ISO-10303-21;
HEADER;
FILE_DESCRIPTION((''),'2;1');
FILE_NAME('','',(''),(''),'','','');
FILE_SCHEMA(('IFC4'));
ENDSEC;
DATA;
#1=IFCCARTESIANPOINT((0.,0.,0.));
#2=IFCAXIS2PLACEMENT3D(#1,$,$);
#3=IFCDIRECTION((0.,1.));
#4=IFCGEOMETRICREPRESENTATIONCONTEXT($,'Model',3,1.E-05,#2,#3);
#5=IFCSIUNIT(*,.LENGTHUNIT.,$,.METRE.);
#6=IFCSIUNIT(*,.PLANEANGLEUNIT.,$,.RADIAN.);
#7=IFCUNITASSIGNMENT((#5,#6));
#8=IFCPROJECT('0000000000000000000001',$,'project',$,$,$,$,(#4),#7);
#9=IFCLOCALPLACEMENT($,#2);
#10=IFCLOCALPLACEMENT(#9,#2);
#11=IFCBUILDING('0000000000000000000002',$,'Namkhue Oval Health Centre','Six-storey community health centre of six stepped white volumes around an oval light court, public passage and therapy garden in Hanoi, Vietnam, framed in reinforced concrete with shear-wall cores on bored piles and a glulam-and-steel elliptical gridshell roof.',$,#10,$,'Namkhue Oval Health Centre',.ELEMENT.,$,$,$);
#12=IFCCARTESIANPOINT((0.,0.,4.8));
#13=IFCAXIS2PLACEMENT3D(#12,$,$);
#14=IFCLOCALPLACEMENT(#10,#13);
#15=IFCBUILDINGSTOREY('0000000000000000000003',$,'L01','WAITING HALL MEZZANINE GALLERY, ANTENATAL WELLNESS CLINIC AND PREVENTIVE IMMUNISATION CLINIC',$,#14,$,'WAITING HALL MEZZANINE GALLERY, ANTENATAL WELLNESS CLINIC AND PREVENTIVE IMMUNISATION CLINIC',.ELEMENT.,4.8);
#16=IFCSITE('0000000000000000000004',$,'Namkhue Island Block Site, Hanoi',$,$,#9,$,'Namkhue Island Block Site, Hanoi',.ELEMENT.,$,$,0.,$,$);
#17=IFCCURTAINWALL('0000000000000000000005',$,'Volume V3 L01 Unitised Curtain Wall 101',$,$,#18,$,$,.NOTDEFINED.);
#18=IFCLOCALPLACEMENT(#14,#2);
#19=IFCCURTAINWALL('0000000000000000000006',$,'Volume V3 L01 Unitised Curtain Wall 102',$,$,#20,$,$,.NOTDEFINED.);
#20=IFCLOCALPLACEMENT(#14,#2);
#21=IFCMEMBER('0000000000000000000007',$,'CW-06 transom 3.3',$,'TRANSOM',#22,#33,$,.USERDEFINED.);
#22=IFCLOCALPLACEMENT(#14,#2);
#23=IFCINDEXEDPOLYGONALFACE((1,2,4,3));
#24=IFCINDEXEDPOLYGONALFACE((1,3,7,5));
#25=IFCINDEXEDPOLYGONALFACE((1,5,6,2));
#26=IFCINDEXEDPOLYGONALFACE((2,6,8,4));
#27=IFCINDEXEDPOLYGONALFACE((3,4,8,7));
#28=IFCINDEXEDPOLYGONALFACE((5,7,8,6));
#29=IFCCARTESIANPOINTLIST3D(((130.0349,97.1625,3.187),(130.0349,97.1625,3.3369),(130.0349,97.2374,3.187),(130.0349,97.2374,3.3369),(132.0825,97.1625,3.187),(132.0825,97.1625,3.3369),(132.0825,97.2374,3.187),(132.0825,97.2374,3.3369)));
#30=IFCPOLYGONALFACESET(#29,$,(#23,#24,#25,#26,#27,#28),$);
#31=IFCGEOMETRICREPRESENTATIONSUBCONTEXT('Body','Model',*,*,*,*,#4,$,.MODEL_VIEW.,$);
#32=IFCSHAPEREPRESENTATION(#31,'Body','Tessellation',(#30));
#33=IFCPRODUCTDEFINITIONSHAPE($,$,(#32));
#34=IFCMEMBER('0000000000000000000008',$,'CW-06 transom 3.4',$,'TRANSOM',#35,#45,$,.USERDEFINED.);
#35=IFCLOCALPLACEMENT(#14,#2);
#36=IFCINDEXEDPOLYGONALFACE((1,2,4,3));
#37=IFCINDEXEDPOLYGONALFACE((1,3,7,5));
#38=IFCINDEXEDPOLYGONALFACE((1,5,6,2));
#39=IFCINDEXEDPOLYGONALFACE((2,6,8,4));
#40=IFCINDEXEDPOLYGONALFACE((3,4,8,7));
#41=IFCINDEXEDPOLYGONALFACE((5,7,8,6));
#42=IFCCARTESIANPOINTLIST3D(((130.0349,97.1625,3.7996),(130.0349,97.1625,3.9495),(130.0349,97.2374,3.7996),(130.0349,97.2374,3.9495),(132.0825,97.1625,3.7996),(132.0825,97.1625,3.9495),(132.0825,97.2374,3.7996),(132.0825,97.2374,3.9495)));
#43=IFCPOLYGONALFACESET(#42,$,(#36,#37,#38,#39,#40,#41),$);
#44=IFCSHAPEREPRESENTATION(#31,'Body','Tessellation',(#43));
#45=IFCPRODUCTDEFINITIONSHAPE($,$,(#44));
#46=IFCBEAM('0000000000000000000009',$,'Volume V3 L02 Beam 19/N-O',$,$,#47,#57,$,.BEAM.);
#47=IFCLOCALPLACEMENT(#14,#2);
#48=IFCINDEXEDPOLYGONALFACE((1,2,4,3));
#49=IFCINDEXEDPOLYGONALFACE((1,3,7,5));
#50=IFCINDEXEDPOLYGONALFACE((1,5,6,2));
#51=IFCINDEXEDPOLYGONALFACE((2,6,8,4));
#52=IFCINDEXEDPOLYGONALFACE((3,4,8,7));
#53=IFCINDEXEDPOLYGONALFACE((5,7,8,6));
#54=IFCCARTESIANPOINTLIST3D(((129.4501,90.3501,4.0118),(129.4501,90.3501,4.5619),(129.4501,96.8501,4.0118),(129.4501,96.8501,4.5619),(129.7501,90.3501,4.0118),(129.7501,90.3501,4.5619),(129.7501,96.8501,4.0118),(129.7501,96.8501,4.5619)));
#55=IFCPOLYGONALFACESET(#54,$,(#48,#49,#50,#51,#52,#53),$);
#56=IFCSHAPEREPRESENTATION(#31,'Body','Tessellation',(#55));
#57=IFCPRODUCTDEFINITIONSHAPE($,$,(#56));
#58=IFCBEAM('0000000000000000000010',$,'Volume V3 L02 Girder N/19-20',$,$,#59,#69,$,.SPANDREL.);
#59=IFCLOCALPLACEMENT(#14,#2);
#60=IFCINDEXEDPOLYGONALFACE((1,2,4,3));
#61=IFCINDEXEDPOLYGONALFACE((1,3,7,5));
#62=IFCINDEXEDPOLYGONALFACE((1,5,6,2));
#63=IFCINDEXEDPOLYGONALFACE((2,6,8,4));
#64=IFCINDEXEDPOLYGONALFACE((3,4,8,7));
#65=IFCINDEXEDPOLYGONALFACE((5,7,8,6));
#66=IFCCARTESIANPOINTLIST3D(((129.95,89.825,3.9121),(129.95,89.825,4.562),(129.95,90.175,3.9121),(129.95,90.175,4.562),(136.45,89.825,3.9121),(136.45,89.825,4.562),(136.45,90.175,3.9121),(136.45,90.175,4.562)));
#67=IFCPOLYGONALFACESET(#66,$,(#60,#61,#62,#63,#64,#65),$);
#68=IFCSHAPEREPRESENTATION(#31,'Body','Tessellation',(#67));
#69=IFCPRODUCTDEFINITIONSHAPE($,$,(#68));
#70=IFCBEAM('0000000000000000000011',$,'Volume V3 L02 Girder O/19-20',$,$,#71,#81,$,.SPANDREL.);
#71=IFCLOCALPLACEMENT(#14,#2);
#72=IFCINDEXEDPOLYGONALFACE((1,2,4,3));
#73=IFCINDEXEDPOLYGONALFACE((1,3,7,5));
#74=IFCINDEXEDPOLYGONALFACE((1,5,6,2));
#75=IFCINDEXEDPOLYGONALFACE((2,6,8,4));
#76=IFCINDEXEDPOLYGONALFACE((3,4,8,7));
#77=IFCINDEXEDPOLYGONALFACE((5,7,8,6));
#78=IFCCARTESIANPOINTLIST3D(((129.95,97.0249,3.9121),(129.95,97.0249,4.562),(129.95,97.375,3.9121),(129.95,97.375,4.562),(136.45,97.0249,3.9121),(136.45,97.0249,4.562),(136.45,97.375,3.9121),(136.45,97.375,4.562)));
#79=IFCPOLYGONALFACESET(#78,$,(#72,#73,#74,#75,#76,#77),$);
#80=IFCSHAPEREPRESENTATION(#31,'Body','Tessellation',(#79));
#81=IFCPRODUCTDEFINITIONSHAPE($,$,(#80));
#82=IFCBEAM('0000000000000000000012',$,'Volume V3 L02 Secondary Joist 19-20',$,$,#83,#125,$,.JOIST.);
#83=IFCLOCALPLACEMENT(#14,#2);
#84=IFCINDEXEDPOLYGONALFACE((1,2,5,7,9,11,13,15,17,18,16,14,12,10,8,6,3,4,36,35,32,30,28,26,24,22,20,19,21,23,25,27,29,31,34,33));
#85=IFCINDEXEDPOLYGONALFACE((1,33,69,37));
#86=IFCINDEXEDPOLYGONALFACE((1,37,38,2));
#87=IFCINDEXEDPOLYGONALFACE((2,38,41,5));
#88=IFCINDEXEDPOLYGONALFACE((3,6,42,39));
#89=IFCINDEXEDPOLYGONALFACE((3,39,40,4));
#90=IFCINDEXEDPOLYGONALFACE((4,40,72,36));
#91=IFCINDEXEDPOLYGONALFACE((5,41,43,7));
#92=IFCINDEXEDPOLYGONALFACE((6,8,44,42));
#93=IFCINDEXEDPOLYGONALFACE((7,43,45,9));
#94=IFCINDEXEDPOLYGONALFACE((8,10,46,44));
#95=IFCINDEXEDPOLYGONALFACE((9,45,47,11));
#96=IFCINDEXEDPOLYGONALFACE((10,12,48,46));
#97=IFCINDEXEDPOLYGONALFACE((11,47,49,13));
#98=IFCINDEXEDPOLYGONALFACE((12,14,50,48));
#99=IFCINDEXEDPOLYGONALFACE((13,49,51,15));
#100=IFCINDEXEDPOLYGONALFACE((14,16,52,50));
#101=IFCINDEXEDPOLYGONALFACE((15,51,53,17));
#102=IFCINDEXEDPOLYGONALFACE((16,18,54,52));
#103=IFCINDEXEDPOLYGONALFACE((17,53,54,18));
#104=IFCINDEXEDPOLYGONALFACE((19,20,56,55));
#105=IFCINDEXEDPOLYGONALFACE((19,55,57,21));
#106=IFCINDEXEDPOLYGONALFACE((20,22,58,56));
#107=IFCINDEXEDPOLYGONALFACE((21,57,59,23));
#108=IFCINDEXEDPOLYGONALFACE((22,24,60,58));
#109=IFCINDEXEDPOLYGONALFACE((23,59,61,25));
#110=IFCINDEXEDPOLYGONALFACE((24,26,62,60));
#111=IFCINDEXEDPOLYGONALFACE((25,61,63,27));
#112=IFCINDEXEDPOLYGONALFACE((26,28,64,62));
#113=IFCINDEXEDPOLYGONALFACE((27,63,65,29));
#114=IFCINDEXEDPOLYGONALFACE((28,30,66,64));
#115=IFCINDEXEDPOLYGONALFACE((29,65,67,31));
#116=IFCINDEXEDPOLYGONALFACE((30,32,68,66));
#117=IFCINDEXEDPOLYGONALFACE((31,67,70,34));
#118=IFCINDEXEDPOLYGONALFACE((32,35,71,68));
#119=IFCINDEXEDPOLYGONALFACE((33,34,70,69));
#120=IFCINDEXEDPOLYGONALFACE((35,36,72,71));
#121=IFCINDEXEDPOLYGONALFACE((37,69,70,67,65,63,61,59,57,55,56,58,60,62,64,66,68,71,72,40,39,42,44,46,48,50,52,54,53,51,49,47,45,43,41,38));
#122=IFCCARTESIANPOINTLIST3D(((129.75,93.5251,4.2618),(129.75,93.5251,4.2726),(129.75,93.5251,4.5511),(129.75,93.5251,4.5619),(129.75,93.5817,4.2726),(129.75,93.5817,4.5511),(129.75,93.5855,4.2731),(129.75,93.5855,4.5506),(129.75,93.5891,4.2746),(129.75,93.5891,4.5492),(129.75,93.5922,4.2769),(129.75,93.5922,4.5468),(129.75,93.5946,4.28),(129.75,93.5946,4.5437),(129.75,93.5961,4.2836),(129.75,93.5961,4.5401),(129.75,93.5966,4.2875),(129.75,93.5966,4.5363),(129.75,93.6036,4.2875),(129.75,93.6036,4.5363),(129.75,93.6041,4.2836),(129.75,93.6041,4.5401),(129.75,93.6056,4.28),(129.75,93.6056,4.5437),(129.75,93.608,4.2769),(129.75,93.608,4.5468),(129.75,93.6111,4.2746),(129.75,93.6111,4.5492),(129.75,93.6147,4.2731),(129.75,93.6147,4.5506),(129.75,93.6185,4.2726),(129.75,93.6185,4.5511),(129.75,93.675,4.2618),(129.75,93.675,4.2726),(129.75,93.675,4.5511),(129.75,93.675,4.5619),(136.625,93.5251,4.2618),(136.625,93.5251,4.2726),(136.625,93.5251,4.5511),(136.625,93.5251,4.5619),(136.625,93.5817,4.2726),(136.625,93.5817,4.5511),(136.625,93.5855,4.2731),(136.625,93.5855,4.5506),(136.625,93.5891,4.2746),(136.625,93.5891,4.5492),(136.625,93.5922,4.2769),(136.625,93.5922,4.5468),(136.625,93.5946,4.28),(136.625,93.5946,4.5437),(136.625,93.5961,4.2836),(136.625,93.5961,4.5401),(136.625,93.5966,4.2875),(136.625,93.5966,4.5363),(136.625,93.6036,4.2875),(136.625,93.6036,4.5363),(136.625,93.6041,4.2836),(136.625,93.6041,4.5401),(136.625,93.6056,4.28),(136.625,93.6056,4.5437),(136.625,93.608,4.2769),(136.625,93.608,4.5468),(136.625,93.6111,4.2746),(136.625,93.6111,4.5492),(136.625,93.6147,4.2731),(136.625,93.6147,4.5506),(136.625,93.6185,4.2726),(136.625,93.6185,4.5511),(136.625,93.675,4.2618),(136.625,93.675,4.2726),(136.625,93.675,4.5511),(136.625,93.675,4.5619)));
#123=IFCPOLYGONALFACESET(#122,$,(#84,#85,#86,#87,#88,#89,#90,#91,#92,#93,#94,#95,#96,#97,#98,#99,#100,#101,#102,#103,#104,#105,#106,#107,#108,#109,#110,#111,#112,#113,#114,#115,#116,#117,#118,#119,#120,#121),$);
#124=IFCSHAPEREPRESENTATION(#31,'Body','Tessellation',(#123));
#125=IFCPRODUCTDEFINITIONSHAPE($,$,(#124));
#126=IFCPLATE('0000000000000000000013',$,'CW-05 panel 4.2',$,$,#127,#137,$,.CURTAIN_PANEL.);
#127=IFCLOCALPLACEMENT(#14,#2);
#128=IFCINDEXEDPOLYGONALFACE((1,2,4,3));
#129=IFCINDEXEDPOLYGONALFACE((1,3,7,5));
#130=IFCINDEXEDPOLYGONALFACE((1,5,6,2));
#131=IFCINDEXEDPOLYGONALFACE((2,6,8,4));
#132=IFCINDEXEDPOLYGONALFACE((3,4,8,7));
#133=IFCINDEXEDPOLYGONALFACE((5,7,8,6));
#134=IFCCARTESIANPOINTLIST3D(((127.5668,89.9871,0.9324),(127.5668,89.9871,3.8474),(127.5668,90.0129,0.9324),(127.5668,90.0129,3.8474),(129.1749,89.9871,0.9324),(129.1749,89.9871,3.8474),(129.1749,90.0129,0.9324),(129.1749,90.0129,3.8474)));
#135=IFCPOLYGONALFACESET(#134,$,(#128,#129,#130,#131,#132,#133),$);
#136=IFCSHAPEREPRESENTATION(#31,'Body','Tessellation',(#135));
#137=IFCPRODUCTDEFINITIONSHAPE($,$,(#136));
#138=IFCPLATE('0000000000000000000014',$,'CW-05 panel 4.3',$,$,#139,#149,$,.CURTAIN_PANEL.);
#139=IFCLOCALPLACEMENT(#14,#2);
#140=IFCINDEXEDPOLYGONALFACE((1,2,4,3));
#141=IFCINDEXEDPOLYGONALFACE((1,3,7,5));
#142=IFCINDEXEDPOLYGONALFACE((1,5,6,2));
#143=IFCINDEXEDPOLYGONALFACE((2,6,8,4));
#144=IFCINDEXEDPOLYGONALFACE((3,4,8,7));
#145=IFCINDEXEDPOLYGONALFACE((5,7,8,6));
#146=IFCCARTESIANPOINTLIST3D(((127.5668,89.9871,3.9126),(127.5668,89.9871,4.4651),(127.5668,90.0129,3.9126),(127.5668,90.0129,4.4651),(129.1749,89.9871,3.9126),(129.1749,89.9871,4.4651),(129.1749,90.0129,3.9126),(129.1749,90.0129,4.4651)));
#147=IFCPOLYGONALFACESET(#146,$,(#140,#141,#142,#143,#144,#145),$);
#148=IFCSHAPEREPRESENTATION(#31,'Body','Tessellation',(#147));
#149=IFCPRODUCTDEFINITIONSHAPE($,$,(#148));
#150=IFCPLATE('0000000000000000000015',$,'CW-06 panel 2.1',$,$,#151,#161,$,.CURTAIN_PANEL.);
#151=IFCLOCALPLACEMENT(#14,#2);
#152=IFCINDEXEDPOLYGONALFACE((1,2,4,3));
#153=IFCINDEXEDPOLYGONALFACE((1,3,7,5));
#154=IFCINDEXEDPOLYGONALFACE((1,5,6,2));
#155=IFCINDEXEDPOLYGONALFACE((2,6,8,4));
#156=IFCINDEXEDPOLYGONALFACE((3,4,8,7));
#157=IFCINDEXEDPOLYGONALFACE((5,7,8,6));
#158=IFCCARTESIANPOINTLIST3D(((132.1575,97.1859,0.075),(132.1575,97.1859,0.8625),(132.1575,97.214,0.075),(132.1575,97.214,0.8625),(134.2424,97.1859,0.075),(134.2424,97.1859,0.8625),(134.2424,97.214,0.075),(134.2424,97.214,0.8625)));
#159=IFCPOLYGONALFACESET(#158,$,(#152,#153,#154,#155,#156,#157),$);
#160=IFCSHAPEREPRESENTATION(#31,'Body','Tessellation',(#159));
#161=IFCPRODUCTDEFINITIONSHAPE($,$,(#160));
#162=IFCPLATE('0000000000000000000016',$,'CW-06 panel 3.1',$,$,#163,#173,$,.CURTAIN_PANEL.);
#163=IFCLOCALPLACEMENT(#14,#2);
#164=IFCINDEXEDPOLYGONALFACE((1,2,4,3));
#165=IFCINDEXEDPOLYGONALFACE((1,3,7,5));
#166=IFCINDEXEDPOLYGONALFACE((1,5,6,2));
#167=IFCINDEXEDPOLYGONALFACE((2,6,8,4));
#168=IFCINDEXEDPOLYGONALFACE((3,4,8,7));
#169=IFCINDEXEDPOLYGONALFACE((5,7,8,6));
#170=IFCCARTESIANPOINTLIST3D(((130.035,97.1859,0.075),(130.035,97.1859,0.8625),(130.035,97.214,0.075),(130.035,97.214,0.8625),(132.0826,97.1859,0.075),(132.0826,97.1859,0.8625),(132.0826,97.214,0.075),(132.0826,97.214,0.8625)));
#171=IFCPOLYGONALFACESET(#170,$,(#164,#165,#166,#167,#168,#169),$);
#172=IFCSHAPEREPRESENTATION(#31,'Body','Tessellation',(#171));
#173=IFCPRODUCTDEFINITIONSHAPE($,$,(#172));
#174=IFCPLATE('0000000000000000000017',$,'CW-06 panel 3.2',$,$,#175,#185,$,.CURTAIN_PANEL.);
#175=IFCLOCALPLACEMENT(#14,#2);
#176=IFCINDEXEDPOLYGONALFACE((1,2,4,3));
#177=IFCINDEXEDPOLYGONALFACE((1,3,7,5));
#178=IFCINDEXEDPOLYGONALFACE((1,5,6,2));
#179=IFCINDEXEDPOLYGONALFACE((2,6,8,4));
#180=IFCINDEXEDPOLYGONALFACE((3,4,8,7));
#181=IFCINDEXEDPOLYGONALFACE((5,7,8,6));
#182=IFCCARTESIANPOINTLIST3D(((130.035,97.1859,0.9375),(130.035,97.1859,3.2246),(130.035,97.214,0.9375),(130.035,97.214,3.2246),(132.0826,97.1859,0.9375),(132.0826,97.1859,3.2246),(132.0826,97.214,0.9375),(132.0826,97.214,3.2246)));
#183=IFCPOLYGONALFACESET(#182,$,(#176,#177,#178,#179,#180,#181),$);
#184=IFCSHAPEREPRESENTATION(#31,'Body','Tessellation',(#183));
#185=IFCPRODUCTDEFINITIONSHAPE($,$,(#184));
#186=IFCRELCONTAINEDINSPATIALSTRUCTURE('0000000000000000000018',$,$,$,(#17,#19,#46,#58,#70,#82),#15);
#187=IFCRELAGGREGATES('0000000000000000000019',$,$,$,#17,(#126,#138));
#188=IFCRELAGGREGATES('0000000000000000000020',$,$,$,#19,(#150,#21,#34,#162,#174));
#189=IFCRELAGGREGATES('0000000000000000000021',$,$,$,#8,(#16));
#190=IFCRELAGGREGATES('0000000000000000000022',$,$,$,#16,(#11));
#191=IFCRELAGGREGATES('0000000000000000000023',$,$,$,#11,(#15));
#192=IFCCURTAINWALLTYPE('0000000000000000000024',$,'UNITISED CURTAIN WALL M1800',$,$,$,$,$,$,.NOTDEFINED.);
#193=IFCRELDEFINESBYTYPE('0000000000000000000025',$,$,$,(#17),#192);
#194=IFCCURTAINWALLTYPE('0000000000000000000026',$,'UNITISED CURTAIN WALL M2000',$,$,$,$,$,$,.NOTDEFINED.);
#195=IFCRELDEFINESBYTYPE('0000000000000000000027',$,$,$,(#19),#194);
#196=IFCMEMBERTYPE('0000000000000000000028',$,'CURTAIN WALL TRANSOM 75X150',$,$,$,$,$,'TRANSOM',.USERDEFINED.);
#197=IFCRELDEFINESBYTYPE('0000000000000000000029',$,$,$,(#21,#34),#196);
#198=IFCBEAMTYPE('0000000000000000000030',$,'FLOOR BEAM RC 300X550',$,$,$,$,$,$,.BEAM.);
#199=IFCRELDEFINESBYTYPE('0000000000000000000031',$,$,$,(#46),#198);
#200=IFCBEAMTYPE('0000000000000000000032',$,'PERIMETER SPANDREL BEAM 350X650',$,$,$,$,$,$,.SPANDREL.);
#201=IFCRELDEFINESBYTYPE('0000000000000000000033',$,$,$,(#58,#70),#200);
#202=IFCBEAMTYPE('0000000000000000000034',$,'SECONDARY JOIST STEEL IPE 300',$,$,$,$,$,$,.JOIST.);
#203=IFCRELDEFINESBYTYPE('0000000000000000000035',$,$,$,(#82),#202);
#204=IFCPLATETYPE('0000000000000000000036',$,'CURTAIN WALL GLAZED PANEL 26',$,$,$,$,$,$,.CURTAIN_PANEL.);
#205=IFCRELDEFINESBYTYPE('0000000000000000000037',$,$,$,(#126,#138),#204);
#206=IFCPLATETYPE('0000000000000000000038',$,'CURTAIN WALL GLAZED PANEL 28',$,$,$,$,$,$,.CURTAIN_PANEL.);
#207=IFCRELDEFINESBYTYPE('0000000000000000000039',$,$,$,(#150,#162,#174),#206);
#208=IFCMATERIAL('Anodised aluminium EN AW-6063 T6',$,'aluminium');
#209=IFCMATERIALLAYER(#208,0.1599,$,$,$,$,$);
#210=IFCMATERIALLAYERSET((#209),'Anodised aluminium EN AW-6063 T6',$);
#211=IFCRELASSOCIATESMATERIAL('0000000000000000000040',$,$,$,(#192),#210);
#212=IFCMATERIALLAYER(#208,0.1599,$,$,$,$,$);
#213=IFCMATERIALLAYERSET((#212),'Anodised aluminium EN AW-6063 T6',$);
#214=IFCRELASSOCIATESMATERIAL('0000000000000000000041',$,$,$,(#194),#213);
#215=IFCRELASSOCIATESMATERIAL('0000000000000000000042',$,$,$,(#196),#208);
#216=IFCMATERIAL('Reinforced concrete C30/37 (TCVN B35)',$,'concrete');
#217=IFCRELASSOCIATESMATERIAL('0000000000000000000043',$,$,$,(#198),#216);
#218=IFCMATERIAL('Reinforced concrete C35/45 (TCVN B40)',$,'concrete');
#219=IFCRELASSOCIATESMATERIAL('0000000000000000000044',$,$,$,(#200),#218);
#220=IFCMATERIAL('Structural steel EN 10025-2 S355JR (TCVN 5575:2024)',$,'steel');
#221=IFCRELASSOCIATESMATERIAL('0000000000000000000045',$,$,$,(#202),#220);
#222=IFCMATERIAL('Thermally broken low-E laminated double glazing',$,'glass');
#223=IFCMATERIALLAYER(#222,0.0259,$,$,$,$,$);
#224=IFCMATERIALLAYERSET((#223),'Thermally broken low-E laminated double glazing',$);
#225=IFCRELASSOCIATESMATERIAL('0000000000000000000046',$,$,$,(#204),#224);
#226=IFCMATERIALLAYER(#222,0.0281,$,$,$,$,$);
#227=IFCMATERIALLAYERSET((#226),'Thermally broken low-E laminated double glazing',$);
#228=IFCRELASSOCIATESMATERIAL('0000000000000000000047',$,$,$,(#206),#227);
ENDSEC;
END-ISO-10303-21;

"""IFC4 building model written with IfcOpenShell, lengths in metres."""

from ifc_helpers import new_model, si_unit, direction, frame, origin, origin_2d, place, context, subcontext, project, spatial, rectangle, i_section, extrude, material, layer, layer_set, material_profile, profile_set, type_object, element, aggregate, save


model = new_model("IFC4")

# Units and contexts
model_context = context("Model", 3, precision=1e-05, world=origin(), true_north=direction((0.0, 1.0)))
body_context = subcontext(model_context, "Body", "Model", "MODEL_VIEW")
ifc_project = project(units=[si_unit("LENGTHUNIT", "METRE"), si_unit("PLANEANGLEUNIT", "RADIAN")], contexts=[model_context])

# Site, building, storey
site_placement = place(None, origin())
site = spatial("IfcSite", under=ifc_project, at=site_placement, Name="Namkhue Island Block Site, Hanoi", LongName="Namkhue Island Block Site, Hanoi", CompositionType="ELEMENT", RefElevation=0.0)
building_placement = place(site_placement, origin())
building = spatial("IfcBuilding", under=site, at=building_placement, Name="Namkhue Oval Health Centre", Description="Six-storey community health centre of six stepped white volumes around an oval light court, public passage and therapy garden in Hanoi, Vietnam, framed in reinforced concrete with shear-wall cores on bored piles and a glulam-and-steel elliptical gridshell roof.", LongName="Namkhue Oval Health Centre", CompositionType="ELEMENT")
storey_placement = place(building_placement, frame((0.0, 0.0, 4.8)))
storey = spatial("IfcBuildingStorey", under=building, at=storey_placement, Name="L01", Description="WAITING HALL MEZZANINE GALLERY, ANTENATAL WELLNESS CLINIC AND PREVENTIVE IMMUNISATION CLINIC", LongName="WAITING HALL MEZZANINE GALLERY, ANTENATAL WELLNESS CLINIC AND PREVENTIVE IMMUNISATION CLINIC", CompositionType="ELEMENT", Elevation=4.8)

# Shared definitions
ifc_material_1 = material(Name="Reinforced concrete C35/45 (TCVN B40)", Category="concrete")

# Curtain wall
ifc_material_2 = material(Name="Anodised aluminium EN AW-6063 T6", Category="aluminium")
ifc_layer_1 = layer(ifc_material_2, 0.1599)
ifc_layer_set_1 = layer_set([ifc_layer_1], Name="Anodised aluminium EN AW-6063 T6")
curtain_wall_type_1 = type_object("IfcCurtainWallType", Name="UNITISED CURTAIN WALL M1800", PredefinedType="NOTDEFINED", material=ifc_layer_set_1)
curtain_wall_1_placement = place(storey_placement, origin())
curtain_wall_1 = element("IfcCurtainWall", 1, at=curtain_wall_1_placement, inside=storey, type_object=curtain_wall_type_1, Name="Volume V3 L01 Unitised Curtain Wall 101", PredefinedType="NOTDEFINED")

# Curtain wall, members
ifc_layer_2 = layer(ifc_material_2, 0.1599)
ifc_layer_set_2 = layer_set([ifc_layer_2], Name="Anodised aluminium EN AW-6063 T6")
curtain_wall_type_2 = type_object("IfcCurtainWallType", Name="UNITISED CURTAIN WALL M2000", PredefinedType="NOTDEFINED", material=ifc_layer_set_2)
curtain_wall_2_placement = place(storey_placement, origin())
curtain_wall_2 = element("IfcCurtainWall", 2, at=curtain_wall_2_placement, inside=storey, type_object=curtain_wall_type_2, Name="Volume V3 L01 Unitised Curtain Wall 102", PredefinedType="NOTDEFINED")
ifc_material_profile_1 = material_profile(ifc_material_2, rectangle(XDim=0.075, YDim=0.1499, at=origin_2d()), Name="ALU 75x150")
ifc_profile_set_1 = profile_set([ifc_material_profile_1], Name="Anodised aluminium EN AW-6063 T6")
member_type_1 = type_object("IfcMemberType", Name="CURTAIN WALL TRANSOM 75X150", ElementType="TRANSOM", PredefinedType="USERDEFINED", material=ifc_profile_set_1)
member_1_placement = place(storey_placement, frame((132.0825, 97.2, 3.262), z_axis=(-1.0, 0.0, 0.0), x_axis=(0.0, -1.0, 0.0)))
member_1 = element("IfcMember", 3, at=member_1_placement, type_object=member_type_1, Name="CW-06 transom 3.3", ObjectType="TRANSOM", PredefinedType="USERDEFINED", context=body_context, shape_type="SweptSolid", body=[
    extrude(rectangle(XDim=0.075, YDim=0.1499, at=origin_2d()), origin(), (0.0, 0.0, 1.0), 2.0476),
])
member_2_placement = place(storey_placement, frame((132.0825, 97.2, 3.8745), z_axis=(-1.0, 0.0, 0.0), x_axis=(0.0, -1.0, 0.0)))
member_2 = element("IfcMember", 4, at=member_2_placement, type_object=member_type_1, Name="CW-06 transom 3.4", ObjectType="TRANSOM", PredefinedType="USERDEFINED", context=body_context, shape_type="SweptSolid", body=[
    extrude(rectangle(XDim=0.075, YDim=0.1499, at=origin_2d()), origin(), (0.0, 0.0, 1.0), 2.0476),
])

# Beams
ifc_material_3 = material(Name="Reinforced concrete C30/37 (TCVN B35)", Category="concrete")
ifc_material_profile_2 = material_profile(ifc_material_3, rectangle(XDim=0.3, YDim=0.55, at=origin_2d()), Name="RC 300x550")
ifc_profile_set_2 = profile_set([ifc_material_profile_2], Name="Reinforced concrete C30/37 (TCVN B35)")
beam_type_1 = type_object("IfcBeamType", Name="FLOOR BEAM RC 300X550", PredefinedType="BEAM", material=ifc_profile_set_2)
beam_1_placement = place(storey_placement, frame((129.6001, 90.3501, 4.2869), z_axis=(0.0, 1.0, 0.0), x_axis=(-1.0, 0.0, 0.0)))
element("IfcBeam", 5, at=beam_1_placement, inside=storey, type_object=beam_type_1, Name="Volume V3 L02 Beam 19/N-O", PredefinedType="BEAM", context=body_context, shape_type="SweptSolid", body=[
    extrude(rectangle(XDim=0.3, YDim=0.55, at=origin_2d()), origin(), (0.0, 0.0, 1.0), 6.5),
])
ifc_material_profile_3 = material_profile(ifc_material_1, rectangle(XDim=0.3501, YDim=0.6499, at=origin_2d()), Name="RC 350x650")
ifc_profile_set_3 = profile_set([ifc_material_profile_3], Name="Reinforced concrete C35/45 (TCVN B40)")
beam_type_2 = type_object("IfcBeamType", Name="PERIMETER SPANDREL BEAM 350X650", PredefinedType="SPANDREL", material=ifc_profile_set_3)
for number, where, z_axis, x_axis, name in (
    (6, (129.95, 90.0, 4.2371), (1.0, 0.0, 0.0), (0.0, 1.0, 0.0), "Volume V3 L02 Girder N/19-20"),
    (7, (129.95, 97.2, 4.2371), (1.0, 0.0, 0.0), (0.0, 1.0, 0.0), "Volume V3 L02 Girder O/19-20"),
):
    element("IfcBeam", number, at=place(storey_placement, frame(where, z_axis=z_axis, x_axis=x_axis)), inside=storey, type_object=beam_type_2, Name=name, PredefinedType="SPANDREL", context=body_context, shape_type="SweptSolid", body=[
        extrude(rectangle(XDim=0.3501, YDim=0.6499, at=origin_2d()), origin(), (0.0, 0.0, 1.0), 6.5),
    ])
ifc_material_4 = material(Name="Structural steel EN 10025-2 S355JR (TCVN 5575:2024)", Category="steel")
ifc_material_profile_4 = material_profile(ifc_material_4, i_section(OverallWidth=0.1499, OverallDepth=0.3, WebThickness=0.0071, FlangeThickness=0.0107, FilletRadius=0.0149, at=origin_2d()), Name="IPE 300")
ifc_profile_set_4 = profile_set([ifc_material_profile_4], Name="Structural steel EN 10025-2 S355JR (TCVN 5575:2024)")
beam_type_3 = type_object("IfcBeamType", Name="SECONDARY JOIST STEEL IPE 300", PredefinedType="JOIST", material=ifc_profile_set_4)
beam_2_placement = place(storey_placement, frame((129.75, 93.6001, 4.4119), z_axis=(1.0, 0.0, 0.0), x_axis=(0.0, 1.0, 0.0)))
element("IfcBeam", 8, at=beam_2_placement, inside=storey, type_object=beam_type_3, Name="Volume V3 L02 Secondary Joist 19-20", PredefinedType="JOIST", context=body_context, shape_type="SweptSolid", body=[
    extrude(i_section(OverallWidth=0.1499, OverallDepth=0.3, WebThickness=0.0071, FlangeThickness=0.0107, FilletRadius=0.0149, at=origin_2d()), origin(), (0.0, 0.0, 1.0), 6.875),
])

# Plates
ifc_material_5 = material(Name="Thermally broken low-E laminated double glazing", Category="glass")
ifc_layer_3 = layer(ifc_material_5, 0.0259)
ifc_layer_set_3 = layer_set([ifc_layer_3], Name="Thermally broken low-E laminated double glazing")
plate_type_1 = type_object("IfcPlateType", Name="CURTAIN WALL GLAZED PANEL 26", PredefinedType="CURTAIN_PANEL", material=ifc_layer_set_3)
plate_1_placement = place(storey_placement, frame((128.3708, 90.0, 0.9324), z_axis=(0.0, 0.0, 1.0), x_axis=(1.0, 0.0, 0.0)))
plate_1 = element("IfcPlate", 9, at=plate_1_placement, type_object=plate_type_1, Name="CW-05 panel 4.2", PredefinedType="CURTAIN_PANEL", context=body_context, shape_type="SweptSolid", body=[
    extrude(rectangle(XDim=1.6082, YDim=0.0259, at=origin_2d()), origin(), (0.0, 0.0, 1.0), 2.915),
])
plate_2_placement = place(storey_placement, frame((128.3708, 90.0, 3.9126), z_axis=(0.0, 0.0, 1.0), x_axis=(1.0, 0.0, 0.0)))
plate_2 = element("IfcPlate", 10, at=plate_2_placement, type_object=plate_type_1, Name="CW-05 panel 4.3", PredefinedType="CURTAIN_PANEL", context=body_context, shape_type="SweptSolid", body=[
    extrude(rectangle(XDim=1.6082, YDim=0.0259, at=origin_2d()), origin(), (0.0, 0.0, 1.0), 0.5525),
])
aggregate(curtain_wall_1, [plate_1, plate_2])
ifc_layer_4 = layer(ifc_material_5, 0.0281)
ifc_layer_set_4 = layer_set([ifc_layer_4], Name="Thermally broken low-E laminated double glazing")
plate_type_2 = type_object("IfcPlateType", Name="CURTAIN WALL GLAZED PANEL 28", PredefinedType="CURTAIN_PANEL", material=ifc_layer_set_4)
plate_3_placement = place(storey_placement, frame((133.2, 97.2, 0.075), z_axis=(0.0, 0.0, 1.0), x_axis=(-1.0, 0.0, 0.0)))
plate_3 = element("IfcPlate", 11, at=plate_3_placement, type_object=plate_type_2, Name="CW-06 panel 2.1", PredefinedType="CURTAIN_PANEL", context=body_context, shape_type="SweptSolid", body=[
    extrude(rectangle(XDim=2.085, YDim=0.0281, at=origin_2d()), origin(), (0.0, 0.0, 1.0), 0.7876),
])
plate_4_placement = place(storey_placement, frame((131.0588, 97.2, 0.075), z_axis=(0.0, 0.0, 1.0), x_axis=(-1.0, 0.0, 0.0)))
plate_4 = element("IfcPlate", 12, at=plate_4_placement, type_object=plate_type_2, Name="CW-06 panel 3.1", PredefinedType="CURTAIN_PANEL", context=body_context, shape_type="SweptSolid", body=[
    extrude(rectangle(XDim=2.0476, YDim=0.0281, at=origin_2d()), origin(), (0.0, 0.0, 1.0), 0.7876),
])
plate_5_placement = place(storey_placement, frame((131.0588, 97.2, 0.9375), z_axis=(0.0, 0.0, 1.0), x_axis=(-1.0, 0.0, 0.0)))
plate_5 = element("IfcPlate", 13, at=plate_5_placement, type_object=plate_type_2, Name="CW-06 panel 3.2", PredefinedType="CURTAIN_PANEL", context=body_context, shape_type="SweptSolid", body=[
    extrude(rectangle(XDim=2.0476, YDim=0.0281, at=origin_2d()), origin(), (0.0, 0.0, 1.0), 2.2871),
])
aggregate(curtain_wall_2, [plate_3, member_1, member_2, plate_4, plate_5])

save(model, "model.ifc")
